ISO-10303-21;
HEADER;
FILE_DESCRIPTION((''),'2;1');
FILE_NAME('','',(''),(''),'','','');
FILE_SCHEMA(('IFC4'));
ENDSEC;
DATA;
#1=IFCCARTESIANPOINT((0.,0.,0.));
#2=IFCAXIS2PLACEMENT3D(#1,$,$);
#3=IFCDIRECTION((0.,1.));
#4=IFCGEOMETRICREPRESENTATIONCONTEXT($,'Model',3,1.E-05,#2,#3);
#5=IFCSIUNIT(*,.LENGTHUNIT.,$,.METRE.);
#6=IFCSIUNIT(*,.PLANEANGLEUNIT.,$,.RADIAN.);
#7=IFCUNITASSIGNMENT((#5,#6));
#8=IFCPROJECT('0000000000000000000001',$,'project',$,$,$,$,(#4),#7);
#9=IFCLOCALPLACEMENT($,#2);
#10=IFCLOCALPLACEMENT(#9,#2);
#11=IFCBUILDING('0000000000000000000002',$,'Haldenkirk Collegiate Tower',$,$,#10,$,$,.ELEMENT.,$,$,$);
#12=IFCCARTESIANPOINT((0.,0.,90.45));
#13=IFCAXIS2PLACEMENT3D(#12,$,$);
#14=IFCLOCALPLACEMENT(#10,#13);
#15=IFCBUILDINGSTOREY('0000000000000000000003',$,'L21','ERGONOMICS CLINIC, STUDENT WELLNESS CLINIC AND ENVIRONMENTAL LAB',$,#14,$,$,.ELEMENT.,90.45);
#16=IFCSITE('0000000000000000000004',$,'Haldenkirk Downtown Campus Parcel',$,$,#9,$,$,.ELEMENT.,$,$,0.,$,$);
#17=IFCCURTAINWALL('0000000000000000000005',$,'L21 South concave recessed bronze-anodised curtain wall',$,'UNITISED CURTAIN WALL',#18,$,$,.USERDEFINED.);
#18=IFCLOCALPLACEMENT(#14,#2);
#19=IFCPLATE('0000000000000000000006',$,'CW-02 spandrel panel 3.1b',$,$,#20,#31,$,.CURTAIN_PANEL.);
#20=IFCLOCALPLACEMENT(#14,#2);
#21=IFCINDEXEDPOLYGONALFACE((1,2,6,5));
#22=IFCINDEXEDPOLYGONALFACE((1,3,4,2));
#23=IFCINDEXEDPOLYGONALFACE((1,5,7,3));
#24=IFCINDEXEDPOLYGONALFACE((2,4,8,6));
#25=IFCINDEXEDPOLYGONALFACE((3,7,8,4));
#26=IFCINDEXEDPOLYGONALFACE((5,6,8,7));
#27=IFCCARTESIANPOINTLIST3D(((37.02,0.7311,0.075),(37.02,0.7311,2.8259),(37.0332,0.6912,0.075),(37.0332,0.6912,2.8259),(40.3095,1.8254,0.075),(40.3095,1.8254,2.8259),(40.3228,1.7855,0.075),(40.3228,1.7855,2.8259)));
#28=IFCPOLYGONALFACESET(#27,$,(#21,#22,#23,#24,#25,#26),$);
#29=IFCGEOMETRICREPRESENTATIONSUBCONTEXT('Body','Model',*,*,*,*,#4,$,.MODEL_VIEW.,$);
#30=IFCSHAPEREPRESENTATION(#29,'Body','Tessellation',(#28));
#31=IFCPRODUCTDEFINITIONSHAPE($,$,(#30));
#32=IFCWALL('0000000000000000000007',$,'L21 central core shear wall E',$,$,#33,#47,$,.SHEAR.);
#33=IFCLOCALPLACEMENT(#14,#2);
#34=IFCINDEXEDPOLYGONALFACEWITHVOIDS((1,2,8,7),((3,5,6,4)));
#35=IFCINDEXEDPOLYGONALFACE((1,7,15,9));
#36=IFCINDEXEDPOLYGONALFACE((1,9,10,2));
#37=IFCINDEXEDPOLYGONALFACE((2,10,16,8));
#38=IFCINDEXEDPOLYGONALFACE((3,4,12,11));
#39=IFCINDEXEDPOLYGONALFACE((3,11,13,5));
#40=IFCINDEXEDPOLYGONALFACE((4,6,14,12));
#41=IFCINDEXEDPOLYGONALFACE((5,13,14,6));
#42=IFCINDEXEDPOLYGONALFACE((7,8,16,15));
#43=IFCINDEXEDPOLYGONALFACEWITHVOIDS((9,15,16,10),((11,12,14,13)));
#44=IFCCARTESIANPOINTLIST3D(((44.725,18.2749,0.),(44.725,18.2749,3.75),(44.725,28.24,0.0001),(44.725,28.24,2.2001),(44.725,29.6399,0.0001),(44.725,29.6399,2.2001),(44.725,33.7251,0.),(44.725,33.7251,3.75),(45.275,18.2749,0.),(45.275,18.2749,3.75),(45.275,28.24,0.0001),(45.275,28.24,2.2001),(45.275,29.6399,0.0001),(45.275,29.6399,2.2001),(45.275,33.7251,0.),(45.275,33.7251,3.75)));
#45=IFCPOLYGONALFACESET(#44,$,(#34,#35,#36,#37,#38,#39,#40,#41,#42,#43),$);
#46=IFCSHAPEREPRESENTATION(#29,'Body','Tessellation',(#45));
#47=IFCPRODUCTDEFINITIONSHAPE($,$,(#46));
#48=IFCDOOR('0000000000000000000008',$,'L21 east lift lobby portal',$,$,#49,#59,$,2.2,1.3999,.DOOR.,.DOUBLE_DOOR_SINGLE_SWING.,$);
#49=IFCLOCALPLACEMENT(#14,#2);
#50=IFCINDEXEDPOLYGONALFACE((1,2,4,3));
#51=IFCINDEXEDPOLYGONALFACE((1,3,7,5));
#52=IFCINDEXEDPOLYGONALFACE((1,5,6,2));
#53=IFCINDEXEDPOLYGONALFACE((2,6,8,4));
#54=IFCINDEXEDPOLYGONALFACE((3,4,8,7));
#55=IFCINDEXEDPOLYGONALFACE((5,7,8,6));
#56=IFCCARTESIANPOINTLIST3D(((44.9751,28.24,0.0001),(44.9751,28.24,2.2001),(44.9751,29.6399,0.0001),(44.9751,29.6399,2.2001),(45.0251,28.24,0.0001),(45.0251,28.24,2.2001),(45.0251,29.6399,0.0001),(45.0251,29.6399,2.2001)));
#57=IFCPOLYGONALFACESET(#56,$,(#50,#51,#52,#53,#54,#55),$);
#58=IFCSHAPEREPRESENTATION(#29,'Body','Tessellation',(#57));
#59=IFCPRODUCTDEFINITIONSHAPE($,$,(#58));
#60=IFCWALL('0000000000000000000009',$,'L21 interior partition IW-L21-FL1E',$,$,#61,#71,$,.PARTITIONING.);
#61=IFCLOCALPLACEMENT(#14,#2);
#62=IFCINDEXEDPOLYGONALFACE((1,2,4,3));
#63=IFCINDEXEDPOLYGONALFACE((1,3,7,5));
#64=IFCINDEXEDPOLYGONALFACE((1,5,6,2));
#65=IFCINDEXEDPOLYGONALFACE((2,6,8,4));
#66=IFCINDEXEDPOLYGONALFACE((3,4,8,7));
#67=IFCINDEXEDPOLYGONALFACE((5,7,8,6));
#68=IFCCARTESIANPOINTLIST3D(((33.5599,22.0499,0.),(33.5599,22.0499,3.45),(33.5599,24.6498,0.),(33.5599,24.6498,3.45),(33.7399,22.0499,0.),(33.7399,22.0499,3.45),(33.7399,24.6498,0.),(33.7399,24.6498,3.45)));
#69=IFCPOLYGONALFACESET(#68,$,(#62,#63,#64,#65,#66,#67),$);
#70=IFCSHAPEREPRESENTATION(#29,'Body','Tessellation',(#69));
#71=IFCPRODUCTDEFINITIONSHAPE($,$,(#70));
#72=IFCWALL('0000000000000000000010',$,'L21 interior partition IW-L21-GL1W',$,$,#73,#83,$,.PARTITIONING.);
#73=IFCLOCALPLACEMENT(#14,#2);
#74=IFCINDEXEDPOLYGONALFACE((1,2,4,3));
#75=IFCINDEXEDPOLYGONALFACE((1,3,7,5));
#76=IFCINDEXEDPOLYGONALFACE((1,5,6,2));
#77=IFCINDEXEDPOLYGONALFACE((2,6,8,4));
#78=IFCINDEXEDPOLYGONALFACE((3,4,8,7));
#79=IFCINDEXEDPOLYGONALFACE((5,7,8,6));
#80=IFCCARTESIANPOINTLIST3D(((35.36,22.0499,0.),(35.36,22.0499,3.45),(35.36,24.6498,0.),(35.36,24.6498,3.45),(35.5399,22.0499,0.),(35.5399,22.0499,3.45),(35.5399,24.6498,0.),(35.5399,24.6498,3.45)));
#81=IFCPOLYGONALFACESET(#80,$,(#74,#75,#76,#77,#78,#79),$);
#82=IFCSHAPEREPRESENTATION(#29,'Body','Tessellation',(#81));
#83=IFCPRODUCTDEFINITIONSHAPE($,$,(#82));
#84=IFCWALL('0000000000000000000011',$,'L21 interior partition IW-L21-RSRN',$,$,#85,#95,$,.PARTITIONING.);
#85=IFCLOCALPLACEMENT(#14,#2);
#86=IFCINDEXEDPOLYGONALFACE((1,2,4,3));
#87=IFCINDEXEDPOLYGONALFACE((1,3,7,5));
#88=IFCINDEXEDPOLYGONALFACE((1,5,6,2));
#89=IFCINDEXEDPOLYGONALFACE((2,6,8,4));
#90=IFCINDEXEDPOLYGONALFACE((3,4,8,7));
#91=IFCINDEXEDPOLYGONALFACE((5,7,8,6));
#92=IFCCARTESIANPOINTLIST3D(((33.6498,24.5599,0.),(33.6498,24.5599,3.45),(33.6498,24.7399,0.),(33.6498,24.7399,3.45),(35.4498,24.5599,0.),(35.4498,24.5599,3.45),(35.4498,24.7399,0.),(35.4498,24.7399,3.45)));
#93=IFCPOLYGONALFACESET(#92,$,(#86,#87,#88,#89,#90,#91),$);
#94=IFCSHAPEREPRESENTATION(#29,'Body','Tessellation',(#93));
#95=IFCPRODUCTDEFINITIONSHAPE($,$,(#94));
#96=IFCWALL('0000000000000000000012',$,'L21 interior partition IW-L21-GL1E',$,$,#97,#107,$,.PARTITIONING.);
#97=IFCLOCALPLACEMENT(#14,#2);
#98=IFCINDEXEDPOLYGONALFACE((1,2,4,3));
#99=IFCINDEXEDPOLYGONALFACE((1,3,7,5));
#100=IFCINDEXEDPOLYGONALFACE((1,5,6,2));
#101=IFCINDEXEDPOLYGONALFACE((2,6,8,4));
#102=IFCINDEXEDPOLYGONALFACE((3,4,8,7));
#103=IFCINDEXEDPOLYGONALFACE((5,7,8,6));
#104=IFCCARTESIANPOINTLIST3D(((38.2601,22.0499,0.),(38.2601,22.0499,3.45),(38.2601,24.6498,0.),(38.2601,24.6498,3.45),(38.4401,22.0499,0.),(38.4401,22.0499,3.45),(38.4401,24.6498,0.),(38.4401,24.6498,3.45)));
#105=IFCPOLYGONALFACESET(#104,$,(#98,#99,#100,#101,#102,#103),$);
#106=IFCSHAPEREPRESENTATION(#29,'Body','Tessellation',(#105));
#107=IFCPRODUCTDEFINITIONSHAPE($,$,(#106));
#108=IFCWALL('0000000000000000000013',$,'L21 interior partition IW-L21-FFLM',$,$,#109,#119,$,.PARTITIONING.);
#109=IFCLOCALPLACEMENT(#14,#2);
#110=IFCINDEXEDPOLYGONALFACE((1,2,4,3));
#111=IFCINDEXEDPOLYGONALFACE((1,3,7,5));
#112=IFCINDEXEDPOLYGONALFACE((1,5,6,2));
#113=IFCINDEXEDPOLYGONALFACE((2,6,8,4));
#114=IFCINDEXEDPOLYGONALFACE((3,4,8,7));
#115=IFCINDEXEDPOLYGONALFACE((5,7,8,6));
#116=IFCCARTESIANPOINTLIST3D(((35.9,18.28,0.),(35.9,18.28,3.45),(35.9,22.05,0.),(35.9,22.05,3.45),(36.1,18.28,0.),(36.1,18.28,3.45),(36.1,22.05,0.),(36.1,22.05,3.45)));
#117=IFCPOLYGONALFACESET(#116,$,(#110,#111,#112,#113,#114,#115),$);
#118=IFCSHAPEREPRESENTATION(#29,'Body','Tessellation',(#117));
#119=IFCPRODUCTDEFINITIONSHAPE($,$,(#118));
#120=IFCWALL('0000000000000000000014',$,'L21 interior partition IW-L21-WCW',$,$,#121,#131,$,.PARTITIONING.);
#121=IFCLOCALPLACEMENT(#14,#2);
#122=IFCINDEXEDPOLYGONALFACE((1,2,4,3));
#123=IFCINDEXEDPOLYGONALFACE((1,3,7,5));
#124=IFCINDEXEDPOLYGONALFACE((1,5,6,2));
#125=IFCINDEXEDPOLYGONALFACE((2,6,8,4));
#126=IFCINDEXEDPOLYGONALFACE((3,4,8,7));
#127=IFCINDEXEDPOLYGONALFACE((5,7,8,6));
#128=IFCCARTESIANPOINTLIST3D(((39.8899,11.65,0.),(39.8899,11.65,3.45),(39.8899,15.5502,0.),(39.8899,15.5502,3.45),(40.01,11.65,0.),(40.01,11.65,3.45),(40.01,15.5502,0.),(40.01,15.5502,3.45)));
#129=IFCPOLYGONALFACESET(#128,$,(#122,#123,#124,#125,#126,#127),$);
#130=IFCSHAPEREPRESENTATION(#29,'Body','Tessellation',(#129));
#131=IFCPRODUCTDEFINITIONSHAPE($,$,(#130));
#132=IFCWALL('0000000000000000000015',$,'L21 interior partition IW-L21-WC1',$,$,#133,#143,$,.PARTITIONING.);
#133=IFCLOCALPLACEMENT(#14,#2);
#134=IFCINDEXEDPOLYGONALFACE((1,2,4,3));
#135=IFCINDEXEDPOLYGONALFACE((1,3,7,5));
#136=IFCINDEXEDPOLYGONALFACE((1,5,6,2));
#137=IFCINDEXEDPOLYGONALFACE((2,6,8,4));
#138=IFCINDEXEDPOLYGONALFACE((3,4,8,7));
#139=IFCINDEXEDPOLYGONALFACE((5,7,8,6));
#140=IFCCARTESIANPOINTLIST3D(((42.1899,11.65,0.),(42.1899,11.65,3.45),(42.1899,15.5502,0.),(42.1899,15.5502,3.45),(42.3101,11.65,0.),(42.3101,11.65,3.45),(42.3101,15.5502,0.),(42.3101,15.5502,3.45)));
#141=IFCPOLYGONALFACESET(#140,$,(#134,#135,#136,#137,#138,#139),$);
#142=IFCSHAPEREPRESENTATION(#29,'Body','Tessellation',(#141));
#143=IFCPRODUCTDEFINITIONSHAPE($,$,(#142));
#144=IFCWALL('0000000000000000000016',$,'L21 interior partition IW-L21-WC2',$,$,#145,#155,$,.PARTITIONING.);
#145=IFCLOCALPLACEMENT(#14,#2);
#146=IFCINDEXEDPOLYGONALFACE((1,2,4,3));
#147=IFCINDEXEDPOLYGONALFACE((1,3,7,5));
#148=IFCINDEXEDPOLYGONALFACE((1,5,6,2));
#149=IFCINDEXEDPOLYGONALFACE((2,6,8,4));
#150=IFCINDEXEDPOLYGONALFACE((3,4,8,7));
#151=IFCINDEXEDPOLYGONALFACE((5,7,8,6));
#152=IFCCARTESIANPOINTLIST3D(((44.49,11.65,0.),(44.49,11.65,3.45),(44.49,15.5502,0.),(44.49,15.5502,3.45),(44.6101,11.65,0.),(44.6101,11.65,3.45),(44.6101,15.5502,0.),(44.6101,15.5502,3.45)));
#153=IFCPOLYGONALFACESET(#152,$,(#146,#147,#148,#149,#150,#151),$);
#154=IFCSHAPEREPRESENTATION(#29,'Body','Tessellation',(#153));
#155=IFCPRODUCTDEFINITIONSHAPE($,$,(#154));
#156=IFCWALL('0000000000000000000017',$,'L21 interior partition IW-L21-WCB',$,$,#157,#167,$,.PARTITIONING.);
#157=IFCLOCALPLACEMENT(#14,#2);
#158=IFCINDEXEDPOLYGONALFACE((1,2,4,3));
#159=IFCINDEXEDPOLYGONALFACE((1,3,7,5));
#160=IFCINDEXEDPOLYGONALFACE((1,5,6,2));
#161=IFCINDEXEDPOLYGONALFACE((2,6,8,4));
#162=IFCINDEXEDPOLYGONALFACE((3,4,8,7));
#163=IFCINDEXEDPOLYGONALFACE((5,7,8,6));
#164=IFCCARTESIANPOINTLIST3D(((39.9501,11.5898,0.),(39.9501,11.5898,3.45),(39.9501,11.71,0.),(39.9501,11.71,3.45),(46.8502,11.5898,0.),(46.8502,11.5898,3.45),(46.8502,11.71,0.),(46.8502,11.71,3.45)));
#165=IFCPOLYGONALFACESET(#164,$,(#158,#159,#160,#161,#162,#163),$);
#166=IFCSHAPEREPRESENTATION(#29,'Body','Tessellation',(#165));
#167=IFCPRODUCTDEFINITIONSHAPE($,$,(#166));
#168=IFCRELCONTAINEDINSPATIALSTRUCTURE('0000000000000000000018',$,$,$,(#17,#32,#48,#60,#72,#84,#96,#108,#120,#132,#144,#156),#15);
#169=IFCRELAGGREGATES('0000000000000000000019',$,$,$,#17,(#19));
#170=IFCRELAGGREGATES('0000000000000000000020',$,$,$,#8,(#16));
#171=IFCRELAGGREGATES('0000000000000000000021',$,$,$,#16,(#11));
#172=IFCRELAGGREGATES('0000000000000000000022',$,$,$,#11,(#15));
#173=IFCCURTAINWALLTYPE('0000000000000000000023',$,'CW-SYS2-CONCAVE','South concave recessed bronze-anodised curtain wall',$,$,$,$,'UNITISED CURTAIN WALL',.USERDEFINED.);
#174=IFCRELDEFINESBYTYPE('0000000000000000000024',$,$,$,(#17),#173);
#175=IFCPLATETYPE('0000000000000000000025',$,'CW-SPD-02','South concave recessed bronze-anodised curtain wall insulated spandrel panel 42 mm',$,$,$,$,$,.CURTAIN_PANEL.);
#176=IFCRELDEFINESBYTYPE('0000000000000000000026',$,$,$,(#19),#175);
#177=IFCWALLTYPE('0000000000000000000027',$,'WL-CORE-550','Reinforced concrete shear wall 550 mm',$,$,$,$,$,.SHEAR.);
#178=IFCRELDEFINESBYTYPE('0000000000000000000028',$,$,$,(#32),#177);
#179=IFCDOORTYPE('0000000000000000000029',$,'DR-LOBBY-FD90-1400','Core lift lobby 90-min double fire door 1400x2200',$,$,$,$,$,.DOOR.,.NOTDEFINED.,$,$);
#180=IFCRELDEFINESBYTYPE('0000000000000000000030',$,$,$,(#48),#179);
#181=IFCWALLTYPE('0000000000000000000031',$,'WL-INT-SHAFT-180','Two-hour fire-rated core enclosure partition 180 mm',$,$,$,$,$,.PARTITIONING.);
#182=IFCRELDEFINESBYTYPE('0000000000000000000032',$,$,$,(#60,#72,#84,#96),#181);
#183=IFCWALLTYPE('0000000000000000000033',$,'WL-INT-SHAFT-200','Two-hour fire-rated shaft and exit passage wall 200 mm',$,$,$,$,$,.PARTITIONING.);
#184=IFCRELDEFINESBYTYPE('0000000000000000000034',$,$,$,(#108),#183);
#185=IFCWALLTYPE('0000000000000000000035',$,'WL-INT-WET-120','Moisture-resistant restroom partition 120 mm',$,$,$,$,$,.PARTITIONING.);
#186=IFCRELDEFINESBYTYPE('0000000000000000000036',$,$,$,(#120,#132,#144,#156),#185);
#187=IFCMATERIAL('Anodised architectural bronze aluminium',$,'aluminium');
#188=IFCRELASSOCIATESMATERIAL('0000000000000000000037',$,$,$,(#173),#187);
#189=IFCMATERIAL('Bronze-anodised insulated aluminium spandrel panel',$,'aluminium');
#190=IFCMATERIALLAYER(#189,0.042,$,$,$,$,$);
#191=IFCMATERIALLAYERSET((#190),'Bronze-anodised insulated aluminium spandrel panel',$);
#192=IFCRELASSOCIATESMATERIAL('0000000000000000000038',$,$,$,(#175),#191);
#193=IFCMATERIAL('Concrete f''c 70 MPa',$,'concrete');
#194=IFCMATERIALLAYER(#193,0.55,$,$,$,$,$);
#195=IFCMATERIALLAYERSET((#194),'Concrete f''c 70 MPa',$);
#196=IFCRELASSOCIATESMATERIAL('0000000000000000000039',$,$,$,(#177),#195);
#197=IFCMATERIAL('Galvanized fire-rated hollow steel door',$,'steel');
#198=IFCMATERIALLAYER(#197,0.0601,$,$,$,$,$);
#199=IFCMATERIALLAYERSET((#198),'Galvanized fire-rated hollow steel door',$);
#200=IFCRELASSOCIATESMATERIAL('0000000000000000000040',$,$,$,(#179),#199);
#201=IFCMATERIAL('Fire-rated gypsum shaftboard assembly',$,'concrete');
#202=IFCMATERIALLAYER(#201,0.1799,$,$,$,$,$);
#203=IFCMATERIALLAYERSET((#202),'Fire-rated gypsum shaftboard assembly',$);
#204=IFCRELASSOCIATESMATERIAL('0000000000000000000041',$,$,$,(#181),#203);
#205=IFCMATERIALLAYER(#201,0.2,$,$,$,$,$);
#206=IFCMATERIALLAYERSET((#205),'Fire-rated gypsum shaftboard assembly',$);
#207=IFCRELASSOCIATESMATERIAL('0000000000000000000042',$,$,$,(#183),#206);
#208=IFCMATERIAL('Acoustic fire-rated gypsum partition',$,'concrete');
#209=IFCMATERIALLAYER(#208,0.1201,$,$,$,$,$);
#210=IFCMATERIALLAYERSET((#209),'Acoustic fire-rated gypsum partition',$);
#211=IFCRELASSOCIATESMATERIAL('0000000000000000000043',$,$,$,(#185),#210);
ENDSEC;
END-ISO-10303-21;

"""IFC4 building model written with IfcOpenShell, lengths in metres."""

from ifc_helpers import new_model, si_unit, direction, frame, frame_2d, origin, origin_2d, place, context, subcontext, project, spatial, rectangle, extrude, source, transform, mapped, material, layer, layer_set, type_object, element, fill, aggregate, save


model = new_model("IFC4")

# Units and contexts
model_context = context("Model", 3, precision=1e-05, world=origin(), true_north=direction((0.0, 1.0)))
body_context = subcontext(model_context, "Body", "Model", "MODEL_VIEW")
ifc_project = project(units=[si_unit("LENGTHUNIT", "METRE"), si_unit("PLANEANGLEUNIT", "RADIAN")], contexts=[model_context])

# Site, building, storey
site_placement = place(None, origin())
site = spatial("IfcSite", under=ifc_project, at=site_placement, Name="Haldenkirk Downtown Campus Parcel", CompositionType="ELEMENT", RefElevation=0.0)
building_placement = place(site_placement, origin())
building = spatial("IfcBuilding", under=site, at=building_placement, Name="Haldenkirk Collegiate Tower", CompositionType="ELEMENT")
storey_placement = place(building_placement, frame((0.0, 0.0, 90.45)))
storey = spatial("IfcBuildingStorey", under=building, at=storey_placement, Name="L21", Description="ERGONOMICS CLINIC, STUDENT WELLNESS CLINIC AND ENVIRONMENTAL LAB", CompositionType="ELEMENT", Elevation=90.45)

# Curtain wall, plate
ifc_material_1 = material(Name="Anodised architectural bronze aluminium", Category="aluminium")
curtain_wall_type = type_object("IfcCurtainWallType", Name="CW-SYS2-CONCAVE", Description="South concave recessed bronze-anodised curtain wall", ElementType="UNITISED CURTAIN WALL", PredefinedType="USERDEFINED", material=ifc_material_1)
curtain_wall_placement = place(storey_placement, origin())
curtain_wall = element("IfcCurtainWall", 1, at=curtain_wall_placement, inside=storey, type_object=curtain_wall_type, Name="L21 South concave recessed bronze-anodised curtain wall", ObjectType="UNITISED CURTAIN WALL", PredefinedType="USERDEFINED")
ifc_material_2 = material(Name="Bronze-anodised insulated aluminium spandrel panel", Category="aluminium")
ifc_layer_1 = layer(ifc_material_2, 0.042)
ifc_layer_set_1 = layer_set([ifc_layer_1], Name="Bronze-anodised insulated aluminium spandrel panel")
plate_type = type_object("IfcPlateType", Name="CW-SPD-02", Description="South concave recessed bronze-anodised curtain wall insulated spandrel panel 42 mm", PredefinedType="CURTAIN_PANEL", material=ifc_layer_set_1)
shared_shape_1 = source(origin(), body_context, "Body", "SweptSolid", [
    extrude(rectangle(XDim=3.4668, YDim=0.042, at=origin_2d()), origin(), (0.0, 0.0, 1.0), 2.751),
])
plate_1_placement = place(storey_placement, frame((38.6714, 1.2583, 0.075), z_axis=(0.0, 0.0, 1.0), x_axis=(-0.948877, -0.315647, 0.0)))
plate_1 = element("IfcPlate", 2, at=plate_1_placement, type_object=plate_type, Name="CW-02 spandrel panel 3.1b", PredefinedType="CURTAIN_PANEL", context=body_context, shape_type="MappedRepresentation", body=[
    mapped(shared_shape_1, transform((0.0, 0.0, 0.0), x_axis=(1.0, 0.0, 0.0), y_axis=(0.0, 1.0, 0.0), z_axis=(0.0, 0.0, 1.0), scale=1.0)),
])
aggregate(curtain_wall, [plate_1])

# Wall, opening, door
ifc_material_3 = material(Name="Concrete f'c 70 MPa", Category="concrete")
ifc_layer_2 = layer(ifc_material_3, 0.55)
ifc_layer_set_2 = layer_set([ifc_layer_2], Name="Concrete f'c 70 MPa")
wall_type_1 = type_object("IfcWallType", Name="WL-CORE-550", Description="Reinforced concrete shear wall 550 mm", PredefinedType="SHEAR", material=ifc_layer_set_2)
wall_1_placement = place(storey_placement, frame((45.0, 18.2749, 0.0), z_axis=(0.0, 0.0, 1.0), x_axis=(0.0, 1.0, 0.0)))
wall_1 = element("IfcWall", 3, at=wall_1_placement, inside=storey, type_object=wall_type_1, Name="L21 central core shear wall E", PredefinedType="SHEAR", context=body_context, shape_type="SweptSolid", body=[
    extrude(rectangle(XDim=15.4502, YDim=0.55, at=frame_2d((7.7251, 0.0))), origin(), (0.0, 0.0, 1.0), 3.75),
])
opening_1_placement = place(wall_1_placement, frame((9.9651, 0.0, 0.0)))
opening_1 = element("IfcOpeningElement", 4, at=opening_1_placement, cuts=wall_1, PredefinedType="OPENING", context=body_context, shape_type="SweptSolid", body=[
    extrude(rectangle(XDim=1.3999, YDim=2.2, at=frame_2d((0.7, 1.1001))), frame((0.0, 0.2849, 0.0), z_axis=(0.0, -1.0, 0.0), x_axis=(1.0, 0.0, 0.0)), (0.0, 0.0, 1.0), 0.5701),
])
ifc_material_4 = material(Name="Galvanized fire-rated hollow steel door", Category="steel")
ifc_layer_3 = layer(ifc_material_4, 0.0601)
ifc_layer_set_3 = layer_set([ifc_layer_3], Name="Galvanized fire-rated hollow steel door")
door_type_1 = type_object("IfcDoorType", Name="DR-LOBBY-FD90-1400", Description="Core lift lobby 90-min double fire door 1400x2200", OperationType="NOTDEFINED", PredefinedType="DOOR", material=ifc_layer_set_3)
door_1_placement = place(opening_1_placement, origin())
door_1 = element("IfcDoor", 5, at=door_1_placement, inside=storey, type_object=door_type_1, Name="L21 east lift lobby portal", OperationType="DOUBLE_DOOR_SINGLE_SWING", OverallHeight=2.2, OverallWidth=1.3999, PredefinedType="DOOR", context=body_context, shape_type="SweptSolid", body=[
    extrude(rectangle(XDim=1.3999, YDim=2.2, at=frame_2d((0.7, 1.1001))), frame((0.0, 0.0249, 0.0), z_axis=(0.0, -1.0, 0.0), x_axis=(1.0, 0.0, 0.0)), (0.0, 0.0, 1.0), 0.05),
])
fill(opening_1, door_1)

# Walls
ifc_material_5 = material(Name="Fire-rated gypsum shaftboard assembly", Category="concrete")
ifc_layer_4 = layer(ifc_material_5, 0.1799)
ifc_layer_set_4 = layer_set([ifc_layer_4], Name="Fire-rated gypsum shaftboard assembly")
wall_type_2 = type_object("IfcWallType", Name="WL-INT-SHAFT-180", Description="Two-hour fire-rated core enclosure partition 180 mm", PredefinedType="PARTITIONING", material=ifc_layer_set_4)
for number, where, z_axis, x_axis, name in (
    (6, (33.6499, 22.05, 0.0), (0.0, 0.0, 1.0), (0.0, 1.0, 0.0), "L21 interior partition IW-L21-FL1E"),
    (7, (35.45, 22.05, 0.0), (0.0, 0.0, 1.0), (0.0, 1.0, 0.0), "L21 interior partition IW-L21-GL1W"),
):
    element("IfcWall", number, at=place(storey_placement, frame(where, z_axis=z_axis, x_axis=x_axis)), inside=storey, type_object=wall_type_2, Name=name, PredefinedType="PARTITIONING", context=body_context, shape_type="SweptSolid", body=[
        extrude(rectangle(XDim=2.5999, YDim=0.1799, at=frame_2d((1.2998, 0.0))), origin(), (0.0, 0.0, 1.0), 3.45),
    ])
wall_2_placement = place(storey_placement, frame((33.6499, 24.6499, 0.0), z_axis=(0.0, 0.0, 1.0), x_axis=(1.0, 0.0, 0.0)))
element("IfcWall", 8, at=wall_2_placement, inside=storey, type_object=wall_type_2, Name="L21 interior partition IW-L21-RSRN", PredefinedType="PARTITIONING", context=body_context, shape_type="SweptSolid", body=[
    extrude(rectangle(XDim=1.8, YDim=0.1799, at=frame_2d((0.8999, 0.0))), origin(), (0.0, 0.0, 1.0), 3.45),
])
wall_3_placement = place(storey_placement, frame((38.3501, 22.05, 0.0), z_axis=(0.0, 0.0, 1.0), x_axis=(0.0, 1.0, 0.0)))
element("IfcWall", 9, at=wall_3_placement, inside=storey, type_object=wall_type_2, Name="L21 interior partition IW-L21-GL1E", PredefinedType="PARTITIONING", context=body_context, shape_type="SweptSolid", body=[
    extrude(rectangle(XDim=2.5999, YDim=0.1799, at=frame_2d((1.2998, 0.0))), origin(), (0.0, 0.0, 1.0), 3.45),
])
ifc_layer_5 = layer(ifc_material_5, 0.2)
ifc_layer_set_5 = layer_set([ifc_layer_5], Name="Fire-rated gypsum shaftboard assembly")
wall_type_3 = type_object("IfcWallType", Name="WL-INT-SHAFT-200", Description="Two-hour fire-rated shaft and exit passage wall 200 mm", PredefinedType="PARTITIONING", material=ifc_layer_set_5)
wall_4_placement = place(storey_placement, frame((36.0, 18.28, 0.0), z_axis=(0.0, 0.0, 1.0), x_axis=(0.0, 1.0, 0.0)))
element("IfcWall", 10, at=wall_4_placement, inside=storey, type_object=wall_type_3, Name="L21 interior partition IW-L21-FFLM", PredefinedType="PARTITIONING", context=body_context, shape_type="SweptSolid", body=[
    extrude(rectangle(XDim=3.77, YDim=0.2, at=frame_2d((1.885, 0.0))), origin(), (0.0, 0.0, 1.0), 3.45),
])

# Walls
ifc_material_6 = material(Name="Acoustic fire-rated gypsum partition", Category="concrete")
ifc_layer_6 = layer(ifc_material_6, 0.1201)
ifc_layer_set_6 = layer_set([ifc_layer_6], Name="Acoustic fire-rated gypsum partition")
wall_type_4 = type_object("IfcWallType", Name="WL-INT-WET-120", Description="Moisture-resistant restroom partition 120 mm", PredefinedType="PARTITIONING", material=ifc_layer_set_6)
for number, where, z_axis, x_axis, name in (
    (11, (39.95, 11.6499, 0.0), (0.0, 0.0, 1.0), (0.0, 1.0, 0.0), "L21 interior partition IW-L21-WCW"),
    (12, (42.25, 11.6499, 0.0), (0.0, 0.0, 1.0), (0.0, 1.0, 0.0), "L21 interior partition IW-L21-WC1"),
    (13, (44.55, 11.6499, 0.0), (0.0, 0.0, 1.0), (0.0, 1.0, 0.0), "L21 interior partition IW-L21-WC2"),
):
    element("IfcWall", number, at=place(storey_placement, frame(where, z_axis=z_axis, x_axis=x_axis)), inside=storey, type_object=wall_type_4, Name=name, PredefinedType="PARTITIONING", context=body_context, shape_type="SweptSolid", body=[
        extrude(rectangle(XDim=3.9001, YDim=0.1201, at=frame_2d((1.9502, 0.0))), origin(), (0.0, 0.0, 1.0), 3.45),
    ])
wall_5_placement = place(storey_placement, frame((39.95, 11.6499, 0.0), z_axis=(0.0, 0.0, 1.0), x_axis=(1.0, 0.0, 0.0)))
element("IfcWall", 14, at=wall_5_placement, inside=storey, type_object=wall_type_4, Name="L21 interior partition IW-L21-WCB", PredefinedType="PARTITIONING", context=body_context, shape_type="SweptSolid", body=[
    extrude(rectangle(XDim=6.9001, YDim=0.1201, at=frame_2d((3.4502, 0.0))), origin(), (0.0, 0.0, 1.0), 3.45),
])

save(model, "model.ifc")
